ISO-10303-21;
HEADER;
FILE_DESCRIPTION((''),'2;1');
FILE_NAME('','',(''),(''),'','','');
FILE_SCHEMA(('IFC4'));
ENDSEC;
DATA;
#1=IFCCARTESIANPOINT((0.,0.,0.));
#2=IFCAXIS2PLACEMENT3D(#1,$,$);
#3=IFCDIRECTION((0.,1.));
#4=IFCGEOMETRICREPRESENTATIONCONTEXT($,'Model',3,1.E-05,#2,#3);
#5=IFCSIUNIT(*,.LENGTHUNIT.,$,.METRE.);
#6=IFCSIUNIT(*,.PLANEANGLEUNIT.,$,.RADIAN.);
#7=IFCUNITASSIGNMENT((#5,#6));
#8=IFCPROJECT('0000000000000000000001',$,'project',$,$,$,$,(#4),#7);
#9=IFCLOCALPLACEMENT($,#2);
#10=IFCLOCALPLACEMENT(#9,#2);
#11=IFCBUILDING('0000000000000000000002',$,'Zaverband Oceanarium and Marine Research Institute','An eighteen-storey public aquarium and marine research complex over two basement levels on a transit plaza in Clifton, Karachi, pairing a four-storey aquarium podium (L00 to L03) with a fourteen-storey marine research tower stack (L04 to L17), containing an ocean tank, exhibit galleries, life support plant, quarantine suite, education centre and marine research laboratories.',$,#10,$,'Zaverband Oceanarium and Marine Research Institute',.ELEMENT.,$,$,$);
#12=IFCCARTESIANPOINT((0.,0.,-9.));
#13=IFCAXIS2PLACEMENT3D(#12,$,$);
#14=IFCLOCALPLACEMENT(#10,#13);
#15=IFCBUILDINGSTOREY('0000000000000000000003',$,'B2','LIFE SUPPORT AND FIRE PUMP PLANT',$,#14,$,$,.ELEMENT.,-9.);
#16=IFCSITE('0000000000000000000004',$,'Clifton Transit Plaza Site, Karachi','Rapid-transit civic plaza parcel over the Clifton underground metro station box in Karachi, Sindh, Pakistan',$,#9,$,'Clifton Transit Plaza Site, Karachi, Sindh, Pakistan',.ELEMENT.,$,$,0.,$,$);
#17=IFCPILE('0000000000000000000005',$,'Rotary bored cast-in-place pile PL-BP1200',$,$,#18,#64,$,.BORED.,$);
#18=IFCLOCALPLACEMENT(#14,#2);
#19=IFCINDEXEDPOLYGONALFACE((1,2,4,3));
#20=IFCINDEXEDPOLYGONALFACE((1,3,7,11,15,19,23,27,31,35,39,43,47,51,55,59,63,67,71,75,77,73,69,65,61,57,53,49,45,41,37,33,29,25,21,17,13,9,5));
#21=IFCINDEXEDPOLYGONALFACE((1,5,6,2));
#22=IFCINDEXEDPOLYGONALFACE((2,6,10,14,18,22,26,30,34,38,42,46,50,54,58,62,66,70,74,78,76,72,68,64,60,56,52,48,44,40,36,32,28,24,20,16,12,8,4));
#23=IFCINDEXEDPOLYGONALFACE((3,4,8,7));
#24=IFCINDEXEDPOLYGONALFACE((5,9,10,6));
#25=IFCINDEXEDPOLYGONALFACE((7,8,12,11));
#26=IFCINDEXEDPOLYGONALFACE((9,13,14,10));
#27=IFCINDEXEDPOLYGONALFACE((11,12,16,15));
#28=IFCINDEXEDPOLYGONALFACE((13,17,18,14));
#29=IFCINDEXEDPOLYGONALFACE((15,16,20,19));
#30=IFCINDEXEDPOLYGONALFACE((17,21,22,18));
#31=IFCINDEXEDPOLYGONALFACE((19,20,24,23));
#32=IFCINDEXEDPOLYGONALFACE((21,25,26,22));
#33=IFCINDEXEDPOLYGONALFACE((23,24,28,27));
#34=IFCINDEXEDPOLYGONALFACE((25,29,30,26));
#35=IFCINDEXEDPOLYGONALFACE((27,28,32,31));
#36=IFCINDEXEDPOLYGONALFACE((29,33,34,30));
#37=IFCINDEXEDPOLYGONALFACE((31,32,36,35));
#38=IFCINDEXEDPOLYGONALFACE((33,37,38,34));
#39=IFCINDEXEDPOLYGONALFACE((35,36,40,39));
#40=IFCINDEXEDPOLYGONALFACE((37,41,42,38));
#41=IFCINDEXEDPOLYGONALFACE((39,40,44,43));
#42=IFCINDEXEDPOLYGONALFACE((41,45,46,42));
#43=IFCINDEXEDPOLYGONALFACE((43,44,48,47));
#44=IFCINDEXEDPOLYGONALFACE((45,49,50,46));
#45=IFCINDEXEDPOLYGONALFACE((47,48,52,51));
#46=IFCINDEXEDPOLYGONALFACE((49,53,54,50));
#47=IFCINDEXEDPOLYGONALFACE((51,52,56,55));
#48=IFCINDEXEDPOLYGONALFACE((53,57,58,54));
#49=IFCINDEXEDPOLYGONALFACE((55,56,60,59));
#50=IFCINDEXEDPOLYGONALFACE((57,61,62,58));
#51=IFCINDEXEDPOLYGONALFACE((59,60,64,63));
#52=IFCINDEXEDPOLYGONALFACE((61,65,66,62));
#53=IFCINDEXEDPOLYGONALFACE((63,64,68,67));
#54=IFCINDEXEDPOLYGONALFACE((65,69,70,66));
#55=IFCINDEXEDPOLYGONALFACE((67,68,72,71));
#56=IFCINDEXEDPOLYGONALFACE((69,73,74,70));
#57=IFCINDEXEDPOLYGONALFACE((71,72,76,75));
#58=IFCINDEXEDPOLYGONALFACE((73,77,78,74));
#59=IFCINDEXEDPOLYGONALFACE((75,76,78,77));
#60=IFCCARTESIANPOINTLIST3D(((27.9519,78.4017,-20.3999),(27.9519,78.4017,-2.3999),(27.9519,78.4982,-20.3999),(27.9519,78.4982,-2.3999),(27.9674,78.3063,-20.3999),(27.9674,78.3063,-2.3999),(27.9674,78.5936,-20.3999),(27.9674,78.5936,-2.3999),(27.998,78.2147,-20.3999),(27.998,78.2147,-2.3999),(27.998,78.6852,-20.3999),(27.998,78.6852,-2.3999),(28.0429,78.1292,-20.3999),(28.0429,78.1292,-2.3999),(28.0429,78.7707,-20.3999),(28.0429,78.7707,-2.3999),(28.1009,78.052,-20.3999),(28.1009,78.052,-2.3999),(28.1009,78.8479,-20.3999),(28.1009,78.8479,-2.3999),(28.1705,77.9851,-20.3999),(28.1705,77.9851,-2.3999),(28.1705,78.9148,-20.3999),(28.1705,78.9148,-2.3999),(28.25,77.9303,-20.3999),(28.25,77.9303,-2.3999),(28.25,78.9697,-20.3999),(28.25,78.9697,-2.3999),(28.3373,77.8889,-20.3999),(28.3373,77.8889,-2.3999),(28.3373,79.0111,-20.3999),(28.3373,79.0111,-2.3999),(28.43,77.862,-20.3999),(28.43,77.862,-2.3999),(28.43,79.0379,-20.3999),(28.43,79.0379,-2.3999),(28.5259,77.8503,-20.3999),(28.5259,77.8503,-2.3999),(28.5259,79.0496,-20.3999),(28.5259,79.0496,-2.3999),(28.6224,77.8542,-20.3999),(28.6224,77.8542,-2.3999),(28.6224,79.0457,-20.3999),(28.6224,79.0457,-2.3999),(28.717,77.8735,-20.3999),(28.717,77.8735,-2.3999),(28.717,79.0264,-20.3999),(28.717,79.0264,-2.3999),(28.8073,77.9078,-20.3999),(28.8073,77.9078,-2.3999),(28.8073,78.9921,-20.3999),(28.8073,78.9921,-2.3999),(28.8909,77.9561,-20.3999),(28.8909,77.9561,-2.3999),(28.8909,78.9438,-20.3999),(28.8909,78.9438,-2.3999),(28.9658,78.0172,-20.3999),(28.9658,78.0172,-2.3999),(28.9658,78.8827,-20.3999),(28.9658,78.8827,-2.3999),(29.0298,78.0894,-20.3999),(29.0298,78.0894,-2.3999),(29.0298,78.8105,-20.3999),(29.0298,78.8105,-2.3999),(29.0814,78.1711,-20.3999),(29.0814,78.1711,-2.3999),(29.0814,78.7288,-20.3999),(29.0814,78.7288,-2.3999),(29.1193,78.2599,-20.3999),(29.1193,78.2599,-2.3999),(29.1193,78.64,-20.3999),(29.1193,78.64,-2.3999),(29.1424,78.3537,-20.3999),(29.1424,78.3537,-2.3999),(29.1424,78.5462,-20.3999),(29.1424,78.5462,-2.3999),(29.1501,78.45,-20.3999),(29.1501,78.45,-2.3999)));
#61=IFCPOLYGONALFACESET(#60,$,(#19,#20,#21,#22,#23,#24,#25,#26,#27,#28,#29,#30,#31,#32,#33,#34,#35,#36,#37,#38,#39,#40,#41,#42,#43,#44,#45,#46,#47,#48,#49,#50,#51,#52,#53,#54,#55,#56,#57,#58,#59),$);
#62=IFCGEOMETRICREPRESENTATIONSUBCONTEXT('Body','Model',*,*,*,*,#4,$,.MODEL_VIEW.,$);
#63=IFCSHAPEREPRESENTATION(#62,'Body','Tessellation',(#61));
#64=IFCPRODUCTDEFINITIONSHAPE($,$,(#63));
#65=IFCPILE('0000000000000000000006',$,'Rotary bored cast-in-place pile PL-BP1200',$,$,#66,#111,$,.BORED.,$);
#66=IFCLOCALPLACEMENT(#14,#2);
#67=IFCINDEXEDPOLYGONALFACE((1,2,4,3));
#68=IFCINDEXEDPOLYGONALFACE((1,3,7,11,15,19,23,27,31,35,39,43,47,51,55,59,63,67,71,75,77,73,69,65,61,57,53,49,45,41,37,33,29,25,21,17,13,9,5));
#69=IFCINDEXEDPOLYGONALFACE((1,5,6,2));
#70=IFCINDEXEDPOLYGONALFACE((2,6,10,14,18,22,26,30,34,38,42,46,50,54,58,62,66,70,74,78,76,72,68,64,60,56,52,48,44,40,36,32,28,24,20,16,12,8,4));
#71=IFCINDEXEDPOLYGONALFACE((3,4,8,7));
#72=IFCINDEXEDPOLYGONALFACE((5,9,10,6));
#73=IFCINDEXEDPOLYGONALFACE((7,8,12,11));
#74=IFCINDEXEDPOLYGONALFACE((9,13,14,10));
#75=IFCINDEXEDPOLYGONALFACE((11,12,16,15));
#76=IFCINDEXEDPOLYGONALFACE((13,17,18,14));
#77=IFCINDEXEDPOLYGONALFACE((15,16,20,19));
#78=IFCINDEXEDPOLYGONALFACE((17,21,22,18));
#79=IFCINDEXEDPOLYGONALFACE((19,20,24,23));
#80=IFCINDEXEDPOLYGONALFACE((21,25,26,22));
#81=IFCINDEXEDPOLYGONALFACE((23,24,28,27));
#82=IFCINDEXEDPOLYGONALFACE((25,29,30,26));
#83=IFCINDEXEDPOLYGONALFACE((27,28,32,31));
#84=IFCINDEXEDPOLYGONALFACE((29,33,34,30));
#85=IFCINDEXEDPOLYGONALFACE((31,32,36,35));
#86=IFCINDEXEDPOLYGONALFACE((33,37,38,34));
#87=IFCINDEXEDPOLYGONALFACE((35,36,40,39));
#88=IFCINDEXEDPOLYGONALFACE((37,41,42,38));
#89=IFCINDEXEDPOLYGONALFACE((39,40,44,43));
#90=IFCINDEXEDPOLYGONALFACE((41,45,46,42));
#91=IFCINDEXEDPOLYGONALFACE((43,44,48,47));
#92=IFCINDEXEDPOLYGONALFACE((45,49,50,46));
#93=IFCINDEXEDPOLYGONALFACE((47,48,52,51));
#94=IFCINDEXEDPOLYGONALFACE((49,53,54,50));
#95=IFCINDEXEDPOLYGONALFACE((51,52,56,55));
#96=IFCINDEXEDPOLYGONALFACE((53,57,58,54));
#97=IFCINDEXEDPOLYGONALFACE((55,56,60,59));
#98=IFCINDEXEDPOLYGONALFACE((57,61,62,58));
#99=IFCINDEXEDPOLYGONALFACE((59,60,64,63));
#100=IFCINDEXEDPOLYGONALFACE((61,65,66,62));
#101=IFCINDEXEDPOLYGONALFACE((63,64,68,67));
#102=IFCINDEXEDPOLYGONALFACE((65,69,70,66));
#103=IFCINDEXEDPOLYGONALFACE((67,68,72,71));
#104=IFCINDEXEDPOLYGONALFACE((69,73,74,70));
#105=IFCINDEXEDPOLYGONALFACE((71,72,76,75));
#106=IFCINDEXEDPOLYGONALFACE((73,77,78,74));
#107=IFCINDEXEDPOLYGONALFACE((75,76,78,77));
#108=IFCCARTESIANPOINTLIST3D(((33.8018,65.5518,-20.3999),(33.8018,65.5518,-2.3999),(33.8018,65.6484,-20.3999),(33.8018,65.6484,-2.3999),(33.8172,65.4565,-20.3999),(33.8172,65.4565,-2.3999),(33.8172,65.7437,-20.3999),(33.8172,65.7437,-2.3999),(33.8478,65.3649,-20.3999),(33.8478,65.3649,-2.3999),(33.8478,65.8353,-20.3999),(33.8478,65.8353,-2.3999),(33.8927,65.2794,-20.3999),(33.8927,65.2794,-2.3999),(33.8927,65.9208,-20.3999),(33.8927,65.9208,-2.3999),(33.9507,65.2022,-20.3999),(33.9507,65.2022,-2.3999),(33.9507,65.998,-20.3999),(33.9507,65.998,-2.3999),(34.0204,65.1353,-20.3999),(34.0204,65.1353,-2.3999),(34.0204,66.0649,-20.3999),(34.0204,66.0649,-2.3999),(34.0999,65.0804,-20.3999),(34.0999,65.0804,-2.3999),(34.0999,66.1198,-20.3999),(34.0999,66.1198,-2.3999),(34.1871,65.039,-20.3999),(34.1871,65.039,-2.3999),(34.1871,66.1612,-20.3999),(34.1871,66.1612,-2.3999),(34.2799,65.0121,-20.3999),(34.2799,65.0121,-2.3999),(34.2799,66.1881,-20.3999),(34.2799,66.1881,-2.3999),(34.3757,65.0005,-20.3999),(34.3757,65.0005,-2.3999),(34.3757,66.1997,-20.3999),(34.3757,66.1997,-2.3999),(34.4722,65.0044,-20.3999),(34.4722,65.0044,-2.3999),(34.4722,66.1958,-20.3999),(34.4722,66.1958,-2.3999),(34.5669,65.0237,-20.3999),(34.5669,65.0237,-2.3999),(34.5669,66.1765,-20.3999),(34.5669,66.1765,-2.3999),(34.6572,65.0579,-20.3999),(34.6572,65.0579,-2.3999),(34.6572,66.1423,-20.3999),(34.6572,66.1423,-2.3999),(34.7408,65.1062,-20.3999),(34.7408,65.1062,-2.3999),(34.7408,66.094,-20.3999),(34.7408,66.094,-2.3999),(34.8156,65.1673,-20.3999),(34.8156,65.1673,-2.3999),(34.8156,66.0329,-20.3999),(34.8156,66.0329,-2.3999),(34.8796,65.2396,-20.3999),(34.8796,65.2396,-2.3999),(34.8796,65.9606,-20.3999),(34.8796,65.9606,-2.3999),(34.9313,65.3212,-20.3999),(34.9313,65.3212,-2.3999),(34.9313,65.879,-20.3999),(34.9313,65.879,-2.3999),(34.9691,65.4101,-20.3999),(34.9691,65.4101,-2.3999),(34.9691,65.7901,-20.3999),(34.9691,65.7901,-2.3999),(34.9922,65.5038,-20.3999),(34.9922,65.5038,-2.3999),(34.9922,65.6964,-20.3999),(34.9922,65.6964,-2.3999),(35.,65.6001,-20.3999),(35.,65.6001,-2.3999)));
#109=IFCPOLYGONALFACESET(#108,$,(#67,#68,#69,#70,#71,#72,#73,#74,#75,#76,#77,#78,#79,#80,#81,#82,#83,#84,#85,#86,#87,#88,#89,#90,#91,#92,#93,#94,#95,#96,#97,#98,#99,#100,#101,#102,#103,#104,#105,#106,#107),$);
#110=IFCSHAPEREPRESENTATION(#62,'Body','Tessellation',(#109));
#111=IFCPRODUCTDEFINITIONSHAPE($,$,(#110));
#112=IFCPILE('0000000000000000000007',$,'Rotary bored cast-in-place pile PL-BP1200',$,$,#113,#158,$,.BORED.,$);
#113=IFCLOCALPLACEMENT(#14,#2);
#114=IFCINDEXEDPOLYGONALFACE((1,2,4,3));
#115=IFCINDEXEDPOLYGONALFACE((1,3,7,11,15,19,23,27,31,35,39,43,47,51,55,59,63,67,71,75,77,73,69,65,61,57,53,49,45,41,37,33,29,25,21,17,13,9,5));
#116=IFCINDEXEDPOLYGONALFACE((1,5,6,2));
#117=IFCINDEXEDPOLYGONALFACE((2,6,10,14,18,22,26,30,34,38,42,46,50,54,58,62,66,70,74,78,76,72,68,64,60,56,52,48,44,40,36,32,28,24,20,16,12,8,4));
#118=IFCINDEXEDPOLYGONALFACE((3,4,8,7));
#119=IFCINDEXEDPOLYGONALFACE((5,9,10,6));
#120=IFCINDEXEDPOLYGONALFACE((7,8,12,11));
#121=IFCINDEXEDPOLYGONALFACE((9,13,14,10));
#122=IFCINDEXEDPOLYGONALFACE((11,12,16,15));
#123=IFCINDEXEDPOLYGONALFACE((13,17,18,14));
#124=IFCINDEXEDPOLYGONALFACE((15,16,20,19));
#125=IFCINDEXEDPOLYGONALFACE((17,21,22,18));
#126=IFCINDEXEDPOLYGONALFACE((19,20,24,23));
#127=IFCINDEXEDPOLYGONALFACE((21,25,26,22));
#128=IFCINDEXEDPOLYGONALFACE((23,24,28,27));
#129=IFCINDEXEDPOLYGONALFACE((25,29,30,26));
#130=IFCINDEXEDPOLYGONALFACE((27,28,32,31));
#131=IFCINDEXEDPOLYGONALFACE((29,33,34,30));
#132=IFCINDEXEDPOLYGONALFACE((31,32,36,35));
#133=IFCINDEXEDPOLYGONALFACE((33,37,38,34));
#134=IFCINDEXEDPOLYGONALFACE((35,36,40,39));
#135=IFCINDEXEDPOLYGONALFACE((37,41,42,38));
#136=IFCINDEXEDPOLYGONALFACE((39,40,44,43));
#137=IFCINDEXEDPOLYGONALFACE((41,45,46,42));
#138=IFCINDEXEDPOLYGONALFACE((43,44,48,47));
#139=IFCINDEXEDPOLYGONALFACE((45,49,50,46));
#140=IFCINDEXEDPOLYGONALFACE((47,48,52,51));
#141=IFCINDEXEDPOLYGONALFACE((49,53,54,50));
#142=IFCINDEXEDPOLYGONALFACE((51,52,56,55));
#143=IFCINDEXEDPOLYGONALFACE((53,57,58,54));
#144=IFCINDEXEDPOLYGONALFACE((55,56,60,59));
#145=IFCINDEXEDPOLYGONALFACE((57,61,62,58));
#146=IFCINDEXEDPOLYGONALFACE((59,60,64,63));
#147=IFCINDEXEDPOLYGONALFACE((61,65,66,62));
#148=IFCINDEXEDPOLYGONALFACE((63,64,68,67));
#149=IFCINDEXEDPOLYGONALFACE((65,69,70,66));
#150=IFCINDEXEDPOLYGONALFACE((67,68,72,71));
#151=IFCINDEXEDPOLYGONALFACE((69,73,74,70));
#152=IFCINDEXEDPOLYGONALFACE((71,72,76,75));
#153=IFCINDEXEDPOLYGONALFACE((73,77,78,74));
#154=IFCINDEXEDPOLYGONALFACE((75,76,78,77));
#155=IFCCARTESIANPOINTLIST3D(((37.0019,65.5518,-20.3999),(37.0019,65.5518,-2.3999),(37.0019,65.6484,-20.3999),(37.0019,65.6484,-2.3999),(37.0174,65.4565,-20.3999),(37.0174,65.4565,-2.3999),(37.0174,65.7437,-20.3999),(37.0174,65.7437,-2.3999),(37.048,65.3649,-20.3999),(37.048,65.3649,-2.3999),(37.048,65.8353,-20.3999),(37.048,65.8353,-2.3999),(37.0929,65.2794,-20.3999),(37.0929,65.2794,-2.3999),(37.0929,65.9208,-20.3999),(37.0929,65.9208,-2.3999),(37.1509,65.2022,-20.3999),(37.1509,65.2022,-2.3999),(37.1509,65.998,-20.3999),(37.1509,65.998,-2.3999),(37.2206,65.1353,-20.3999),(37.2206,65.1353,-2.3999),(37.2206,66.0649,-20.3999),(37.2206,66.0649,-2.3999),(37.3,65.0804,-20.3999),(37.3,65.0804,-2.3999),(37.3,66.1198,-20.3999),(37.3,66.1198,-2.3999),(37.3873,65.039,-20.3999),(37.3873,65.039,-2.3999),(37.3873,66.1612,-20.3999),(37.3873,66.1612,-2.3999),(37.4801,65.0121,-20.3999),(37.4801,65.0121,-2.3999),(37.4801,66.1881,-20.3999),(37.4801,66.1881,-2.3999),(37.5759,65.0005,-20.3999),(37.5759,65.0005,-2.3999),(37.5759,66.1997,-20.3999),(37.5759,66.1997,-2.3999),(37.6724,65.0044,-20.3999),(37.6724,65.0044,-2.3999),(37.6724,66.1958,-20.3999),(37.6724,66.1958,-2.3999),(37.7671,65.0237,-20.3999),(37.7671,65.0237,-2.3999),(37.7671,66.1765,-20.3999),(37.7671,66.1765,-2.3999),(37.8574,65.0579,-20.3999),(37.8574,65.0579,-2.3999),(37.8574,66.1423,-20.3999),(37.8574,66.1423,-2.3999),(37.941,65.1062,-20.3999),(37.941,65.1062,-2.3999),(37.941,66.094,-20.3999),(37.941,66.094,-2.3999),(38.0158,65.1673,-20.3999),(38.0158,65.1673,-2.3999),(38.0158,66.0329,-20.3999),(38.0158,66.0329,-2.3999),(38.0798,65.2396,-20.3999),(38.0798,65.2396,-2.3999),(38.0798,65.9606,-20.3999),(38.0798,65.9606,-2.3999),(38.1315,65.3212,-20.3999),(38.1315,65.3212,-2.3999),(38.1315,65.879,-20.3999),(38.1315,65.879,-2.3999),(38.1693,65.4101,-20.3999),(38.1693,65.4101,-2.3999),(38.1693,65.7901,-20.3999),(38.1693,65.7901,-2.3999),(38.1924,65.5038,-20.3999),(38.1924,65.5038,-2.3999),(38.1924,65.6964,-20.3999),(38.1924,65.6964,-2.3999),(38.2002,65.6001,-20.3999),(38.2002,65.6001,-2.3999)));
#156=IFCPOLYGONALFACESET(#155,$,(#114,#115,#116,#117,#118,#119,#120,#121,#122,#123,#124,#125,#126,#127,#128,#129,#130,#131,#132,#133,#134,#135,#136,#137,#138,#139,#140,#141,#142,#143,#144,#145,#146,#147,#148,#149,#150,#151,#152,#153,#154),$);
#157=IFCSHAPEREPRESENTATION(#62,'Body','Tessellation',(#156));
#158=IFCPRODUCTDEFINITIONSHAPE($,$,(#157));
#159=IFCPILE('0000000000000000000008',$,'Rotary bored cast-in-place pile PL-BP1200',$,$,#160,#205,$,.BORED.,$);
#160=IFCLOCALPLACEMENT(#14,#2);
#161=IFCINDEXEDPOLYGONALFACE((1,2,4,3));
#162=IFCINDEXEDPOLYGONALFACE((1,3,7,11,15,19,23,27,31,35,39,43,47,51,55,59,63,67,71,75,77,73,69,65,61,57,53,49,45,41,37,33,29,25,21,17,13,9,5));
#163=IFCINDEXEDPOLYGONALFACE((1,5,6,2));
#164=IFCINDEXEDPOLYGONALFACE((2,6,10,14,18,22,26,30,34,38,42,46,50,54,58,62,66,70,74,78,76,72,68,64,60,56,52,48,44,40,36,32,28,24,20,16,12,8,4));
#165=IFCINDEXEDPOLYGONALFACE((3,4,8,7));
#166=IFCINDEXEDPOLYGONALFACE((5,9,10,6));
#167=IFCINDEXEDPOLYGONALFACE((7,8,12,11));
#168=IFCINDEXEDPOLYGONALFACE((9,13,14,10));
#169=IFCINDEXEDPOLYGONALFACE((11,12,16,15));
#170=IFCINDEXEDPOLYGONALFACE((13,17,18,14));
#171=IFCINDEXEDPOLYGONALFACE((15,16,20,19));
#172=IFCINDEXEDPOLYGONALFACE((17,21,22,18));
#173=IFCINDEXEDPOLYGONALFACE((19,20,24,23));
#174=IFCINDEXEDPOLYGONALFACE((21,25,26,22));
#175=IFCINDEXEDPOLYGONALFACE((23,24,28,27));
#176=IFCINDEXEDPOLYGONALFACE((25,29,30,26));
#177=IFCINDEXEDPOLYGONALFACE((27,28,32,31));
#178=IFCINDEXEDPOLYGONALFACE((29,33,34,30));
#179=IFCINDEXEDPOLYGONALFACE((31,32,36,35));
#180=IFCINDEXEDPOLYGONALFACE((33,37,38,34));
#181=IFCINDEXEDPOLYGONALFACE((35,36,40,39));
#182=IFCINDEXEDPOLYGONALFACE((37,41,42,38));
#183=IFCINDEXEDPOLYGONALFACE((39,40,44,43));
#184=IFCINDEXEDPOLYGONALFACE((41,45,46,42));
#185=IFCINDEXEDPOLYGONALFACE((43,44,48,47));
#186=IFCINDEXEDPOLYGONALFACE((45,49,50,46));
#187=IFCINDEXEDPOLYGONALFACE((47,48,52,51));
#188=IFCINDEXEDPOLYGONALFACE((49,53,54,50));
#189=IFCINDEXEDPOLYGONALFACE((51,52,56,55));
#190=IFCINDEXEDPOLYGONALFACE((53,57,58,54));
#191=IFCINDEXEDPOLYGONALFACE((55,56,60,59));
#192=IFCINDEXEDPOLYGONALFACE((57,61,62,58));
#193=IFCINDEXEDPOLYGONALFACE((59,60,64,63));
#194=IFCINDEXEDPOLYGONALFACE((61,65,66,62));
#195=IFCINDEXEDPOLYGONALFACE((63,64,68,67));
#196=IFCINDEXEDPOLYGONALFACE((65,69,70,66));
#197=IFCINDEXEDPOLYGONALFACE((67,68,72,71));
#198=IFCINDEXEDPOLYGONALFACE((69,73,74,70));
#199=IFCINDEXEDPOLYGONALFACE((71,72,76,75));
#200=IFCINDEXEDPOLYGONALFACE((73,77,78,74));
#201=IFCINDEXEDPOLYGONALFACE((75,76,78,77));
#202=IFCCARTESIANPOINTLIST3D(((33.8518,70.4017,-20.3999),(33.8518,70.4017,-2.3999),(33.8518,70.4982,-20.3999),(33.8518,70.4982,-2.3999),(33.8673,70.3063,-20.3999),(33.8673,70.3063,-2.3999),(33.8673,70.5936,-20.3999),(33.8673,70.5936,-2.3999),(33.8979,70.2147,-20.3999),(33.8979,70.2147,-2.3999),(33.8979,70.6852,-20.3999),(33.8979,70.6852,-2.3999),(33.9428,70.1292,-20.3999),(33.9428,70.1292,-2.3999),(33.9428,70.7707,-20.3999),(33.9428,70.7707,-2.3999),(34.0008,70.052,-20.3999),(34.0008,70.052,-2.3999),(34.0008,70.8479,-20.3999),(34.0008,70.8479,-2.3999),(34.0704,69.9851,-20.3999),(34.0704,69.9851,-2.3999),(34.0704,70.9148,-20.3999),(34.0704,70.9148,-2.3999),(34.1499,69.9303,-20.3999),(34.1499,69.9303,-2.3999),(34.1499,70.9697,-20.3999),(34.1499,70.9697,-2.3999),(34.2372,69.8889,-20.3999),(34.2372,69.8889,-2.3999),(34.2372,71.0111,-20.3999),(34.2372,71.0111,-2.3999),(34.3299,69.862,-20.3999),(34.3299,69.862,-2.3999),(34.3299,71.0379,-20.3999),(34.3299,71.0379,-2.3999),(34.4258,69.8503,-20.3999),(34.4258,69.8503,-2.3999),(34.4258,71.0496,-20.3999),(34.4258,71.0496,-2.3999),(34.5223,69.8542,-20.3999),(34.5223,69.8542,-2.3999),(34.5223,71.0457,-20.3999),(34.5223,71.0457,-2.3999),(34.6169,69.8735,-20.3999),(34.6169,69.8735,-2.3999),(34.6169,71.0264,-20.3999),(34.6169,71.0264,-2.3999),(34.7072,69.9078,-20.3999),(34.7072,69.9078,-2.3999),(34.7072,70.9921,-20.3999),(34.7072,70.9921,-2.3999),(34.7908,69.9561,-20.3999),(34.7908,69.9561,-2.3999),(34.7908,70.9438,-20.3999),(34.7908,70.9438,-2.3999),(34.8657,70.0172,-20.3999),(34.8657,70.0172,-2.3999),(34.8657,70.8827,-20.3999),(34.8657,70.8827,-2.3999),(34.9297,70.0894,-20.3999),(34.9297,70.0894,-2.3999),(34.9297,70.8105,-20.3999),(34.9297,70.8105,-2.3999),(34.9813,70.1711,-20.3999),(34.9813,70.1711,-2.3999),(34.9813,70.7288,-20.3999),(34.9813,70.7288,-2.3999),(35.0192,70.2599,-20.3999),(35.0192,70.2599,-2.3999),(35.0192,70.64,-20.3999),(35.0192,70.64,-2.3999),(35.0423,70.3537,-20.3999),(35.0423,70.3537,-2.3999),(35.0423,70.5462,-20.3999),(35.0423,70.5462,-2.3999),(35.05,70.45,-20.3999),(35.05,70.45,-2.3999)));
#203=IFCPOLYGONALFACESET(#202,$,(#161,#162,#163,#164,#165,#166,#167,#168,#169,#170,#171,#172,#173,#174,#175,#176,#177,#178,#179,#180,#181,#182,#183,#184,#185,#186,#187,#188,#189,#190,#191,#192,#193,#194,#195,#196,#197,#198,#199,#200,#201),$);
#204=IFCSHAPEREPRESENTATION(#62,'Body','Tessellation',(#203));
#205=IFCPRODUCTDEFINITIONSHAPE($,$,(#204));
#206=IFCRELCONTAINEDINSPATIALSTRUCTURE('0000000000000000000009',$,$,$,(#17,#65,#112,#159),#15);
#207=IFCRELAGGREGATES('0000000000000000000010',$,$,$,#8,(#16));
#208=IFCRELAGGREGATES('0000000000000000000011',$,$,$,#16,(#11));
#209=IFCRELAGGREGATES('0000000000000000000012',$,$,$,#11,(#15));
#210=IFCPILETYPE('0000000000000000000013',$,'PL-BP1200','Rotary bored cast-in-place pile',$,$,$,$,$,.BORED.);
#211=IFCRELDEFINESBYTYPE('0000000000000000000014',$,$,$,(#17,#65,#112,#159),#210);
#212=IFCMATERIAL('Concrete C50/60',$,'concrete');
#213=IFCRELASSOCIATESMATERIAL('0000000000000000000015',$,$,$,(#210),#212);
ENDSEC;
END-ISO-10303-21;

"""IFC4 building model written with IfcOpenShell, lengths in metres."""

from ifc_helpers import new_model, si_unit, direction, frame, origin, origin_2d, place, context, subcontext, project, spatial, circle, extrude, material, material_profile, profile_set, type_object, element, save


model = new_model("IFC4")

# Units and contexts
model_context = context("Model", 3, precision=1e-05, world=origin(), true_north=direction((0.0, 1.0)))
body_context = subcontext(model_context, "Body", "Model", "MODEL_VIEW")
ifc_project = project(units=[si_unit("LENGTHUNIT", "METRE"), si_unit("PLANEANGLEUNIT", "RADIAN")], contexts=[model_context])

# Site, building, storey
site_placement = place(None, origin())
site = spatial("IfcSite", under=ifc_project, at=site_placement, Name="Clifton Transit Plaza Site, Karachi", Description="Rapid-transit civic plaza parcel over the Clifton underground metro station box in Karachi, Sindh, Pakistan", LongName="Clifton Transit Plaza Site, Karachi, Sindh, Pakistan", CompositionType="ELEMENT", RefElevation=0.0)
building_placement = place(site_placement, origin())
building = spatial("IfcBuilding", under=site, at=building_placement, Name="Zaverband Oceanarium and Marine Research Institute", Description="An eighteen-storey public aquarium and marine research complex over two basement levels on a transit plaza in Clifton, Karachi, pairing a four-storey aquarium podium (L00 to L03) with a fourteen-storey marine research tower stack (L04 to L17), containing an ocean tank, exhibit galleries, life support plant, quarantine suite, education centre and marine research laboratories.", LongName="Zaverband Oceanarium and Marine Research Institute", CompositionType="ELEMENT")
storey_placement = place(building_placement, frame((0.0, 0.0, -9.0)))
storey = spatial("IfcBuildingStorey", under=building, at=storey_placement, Name="B2", Description="LIFE SUPPORT AND FIRE PUMP PLANT", CompositionType="ELEMENT", Elevation=-9.0)

# Shared definitions
ifc_material_1 = material(Name="Concrete C50/60", Category="concrete")

# Piles
ifc_material_profile_1 = material_profile(ifc_material_1, circle(Radius=0.6001, at=origin_2d()), Name="BP1200")
ifc_profile_set_1 = profile_set([ifc_material_profile_1], Name="Concrete C50/60")
pile_type = type_object("IfcPileType", Name="PL-BP1200", Description="Rotary bored cast-in-place pile", PredefinedType="BORED", material=ifc_profile_set_1)
for number, where, z_axis, x_axis, name in (
    (1, (28.55, 78.45, -2.3999), (0.0, 0.0, -1.0), (1.0, 0.0, 0.0), "Rotary bored cast-in-place pile PL-BP1200"),
    (2, (34.3999, 65.6001, -2.3999), (0.0, 0.0, -1.0), (1.0, 0.0, 0.0), "Rotary bored cast-in-place pile PL-BP1200"),
    (3, (37.6001, 65.6001, -2.3999), (0.0, 0.0, -1.0), (1.0, 0.0, 0.0), "Rotary bored cast-in-place pile PL-BP1200"),
    (4, (34.45, 70.45, -2.3999), (0.0, 0.0, -1.0), (1.0, 0.0, 0.0), "Rotary bored cast-in-place pile PL-BP1200"),
):
    element("IfcPile", number, at=place(storey_placement, frame(where, z_axis=z_axis, x_axis=x_axis)), inside=storey, type_object=pile_type, Name=name, PredefinedType="BORED", context=body_context, shape_type="SweptSolid", body=[
        extrude(circle(Radius=0.6001, at=origin_2d()), origin(), (0.0, 0.0, 1.0), 18.0),
    ])

save(model, "model.ifc")
